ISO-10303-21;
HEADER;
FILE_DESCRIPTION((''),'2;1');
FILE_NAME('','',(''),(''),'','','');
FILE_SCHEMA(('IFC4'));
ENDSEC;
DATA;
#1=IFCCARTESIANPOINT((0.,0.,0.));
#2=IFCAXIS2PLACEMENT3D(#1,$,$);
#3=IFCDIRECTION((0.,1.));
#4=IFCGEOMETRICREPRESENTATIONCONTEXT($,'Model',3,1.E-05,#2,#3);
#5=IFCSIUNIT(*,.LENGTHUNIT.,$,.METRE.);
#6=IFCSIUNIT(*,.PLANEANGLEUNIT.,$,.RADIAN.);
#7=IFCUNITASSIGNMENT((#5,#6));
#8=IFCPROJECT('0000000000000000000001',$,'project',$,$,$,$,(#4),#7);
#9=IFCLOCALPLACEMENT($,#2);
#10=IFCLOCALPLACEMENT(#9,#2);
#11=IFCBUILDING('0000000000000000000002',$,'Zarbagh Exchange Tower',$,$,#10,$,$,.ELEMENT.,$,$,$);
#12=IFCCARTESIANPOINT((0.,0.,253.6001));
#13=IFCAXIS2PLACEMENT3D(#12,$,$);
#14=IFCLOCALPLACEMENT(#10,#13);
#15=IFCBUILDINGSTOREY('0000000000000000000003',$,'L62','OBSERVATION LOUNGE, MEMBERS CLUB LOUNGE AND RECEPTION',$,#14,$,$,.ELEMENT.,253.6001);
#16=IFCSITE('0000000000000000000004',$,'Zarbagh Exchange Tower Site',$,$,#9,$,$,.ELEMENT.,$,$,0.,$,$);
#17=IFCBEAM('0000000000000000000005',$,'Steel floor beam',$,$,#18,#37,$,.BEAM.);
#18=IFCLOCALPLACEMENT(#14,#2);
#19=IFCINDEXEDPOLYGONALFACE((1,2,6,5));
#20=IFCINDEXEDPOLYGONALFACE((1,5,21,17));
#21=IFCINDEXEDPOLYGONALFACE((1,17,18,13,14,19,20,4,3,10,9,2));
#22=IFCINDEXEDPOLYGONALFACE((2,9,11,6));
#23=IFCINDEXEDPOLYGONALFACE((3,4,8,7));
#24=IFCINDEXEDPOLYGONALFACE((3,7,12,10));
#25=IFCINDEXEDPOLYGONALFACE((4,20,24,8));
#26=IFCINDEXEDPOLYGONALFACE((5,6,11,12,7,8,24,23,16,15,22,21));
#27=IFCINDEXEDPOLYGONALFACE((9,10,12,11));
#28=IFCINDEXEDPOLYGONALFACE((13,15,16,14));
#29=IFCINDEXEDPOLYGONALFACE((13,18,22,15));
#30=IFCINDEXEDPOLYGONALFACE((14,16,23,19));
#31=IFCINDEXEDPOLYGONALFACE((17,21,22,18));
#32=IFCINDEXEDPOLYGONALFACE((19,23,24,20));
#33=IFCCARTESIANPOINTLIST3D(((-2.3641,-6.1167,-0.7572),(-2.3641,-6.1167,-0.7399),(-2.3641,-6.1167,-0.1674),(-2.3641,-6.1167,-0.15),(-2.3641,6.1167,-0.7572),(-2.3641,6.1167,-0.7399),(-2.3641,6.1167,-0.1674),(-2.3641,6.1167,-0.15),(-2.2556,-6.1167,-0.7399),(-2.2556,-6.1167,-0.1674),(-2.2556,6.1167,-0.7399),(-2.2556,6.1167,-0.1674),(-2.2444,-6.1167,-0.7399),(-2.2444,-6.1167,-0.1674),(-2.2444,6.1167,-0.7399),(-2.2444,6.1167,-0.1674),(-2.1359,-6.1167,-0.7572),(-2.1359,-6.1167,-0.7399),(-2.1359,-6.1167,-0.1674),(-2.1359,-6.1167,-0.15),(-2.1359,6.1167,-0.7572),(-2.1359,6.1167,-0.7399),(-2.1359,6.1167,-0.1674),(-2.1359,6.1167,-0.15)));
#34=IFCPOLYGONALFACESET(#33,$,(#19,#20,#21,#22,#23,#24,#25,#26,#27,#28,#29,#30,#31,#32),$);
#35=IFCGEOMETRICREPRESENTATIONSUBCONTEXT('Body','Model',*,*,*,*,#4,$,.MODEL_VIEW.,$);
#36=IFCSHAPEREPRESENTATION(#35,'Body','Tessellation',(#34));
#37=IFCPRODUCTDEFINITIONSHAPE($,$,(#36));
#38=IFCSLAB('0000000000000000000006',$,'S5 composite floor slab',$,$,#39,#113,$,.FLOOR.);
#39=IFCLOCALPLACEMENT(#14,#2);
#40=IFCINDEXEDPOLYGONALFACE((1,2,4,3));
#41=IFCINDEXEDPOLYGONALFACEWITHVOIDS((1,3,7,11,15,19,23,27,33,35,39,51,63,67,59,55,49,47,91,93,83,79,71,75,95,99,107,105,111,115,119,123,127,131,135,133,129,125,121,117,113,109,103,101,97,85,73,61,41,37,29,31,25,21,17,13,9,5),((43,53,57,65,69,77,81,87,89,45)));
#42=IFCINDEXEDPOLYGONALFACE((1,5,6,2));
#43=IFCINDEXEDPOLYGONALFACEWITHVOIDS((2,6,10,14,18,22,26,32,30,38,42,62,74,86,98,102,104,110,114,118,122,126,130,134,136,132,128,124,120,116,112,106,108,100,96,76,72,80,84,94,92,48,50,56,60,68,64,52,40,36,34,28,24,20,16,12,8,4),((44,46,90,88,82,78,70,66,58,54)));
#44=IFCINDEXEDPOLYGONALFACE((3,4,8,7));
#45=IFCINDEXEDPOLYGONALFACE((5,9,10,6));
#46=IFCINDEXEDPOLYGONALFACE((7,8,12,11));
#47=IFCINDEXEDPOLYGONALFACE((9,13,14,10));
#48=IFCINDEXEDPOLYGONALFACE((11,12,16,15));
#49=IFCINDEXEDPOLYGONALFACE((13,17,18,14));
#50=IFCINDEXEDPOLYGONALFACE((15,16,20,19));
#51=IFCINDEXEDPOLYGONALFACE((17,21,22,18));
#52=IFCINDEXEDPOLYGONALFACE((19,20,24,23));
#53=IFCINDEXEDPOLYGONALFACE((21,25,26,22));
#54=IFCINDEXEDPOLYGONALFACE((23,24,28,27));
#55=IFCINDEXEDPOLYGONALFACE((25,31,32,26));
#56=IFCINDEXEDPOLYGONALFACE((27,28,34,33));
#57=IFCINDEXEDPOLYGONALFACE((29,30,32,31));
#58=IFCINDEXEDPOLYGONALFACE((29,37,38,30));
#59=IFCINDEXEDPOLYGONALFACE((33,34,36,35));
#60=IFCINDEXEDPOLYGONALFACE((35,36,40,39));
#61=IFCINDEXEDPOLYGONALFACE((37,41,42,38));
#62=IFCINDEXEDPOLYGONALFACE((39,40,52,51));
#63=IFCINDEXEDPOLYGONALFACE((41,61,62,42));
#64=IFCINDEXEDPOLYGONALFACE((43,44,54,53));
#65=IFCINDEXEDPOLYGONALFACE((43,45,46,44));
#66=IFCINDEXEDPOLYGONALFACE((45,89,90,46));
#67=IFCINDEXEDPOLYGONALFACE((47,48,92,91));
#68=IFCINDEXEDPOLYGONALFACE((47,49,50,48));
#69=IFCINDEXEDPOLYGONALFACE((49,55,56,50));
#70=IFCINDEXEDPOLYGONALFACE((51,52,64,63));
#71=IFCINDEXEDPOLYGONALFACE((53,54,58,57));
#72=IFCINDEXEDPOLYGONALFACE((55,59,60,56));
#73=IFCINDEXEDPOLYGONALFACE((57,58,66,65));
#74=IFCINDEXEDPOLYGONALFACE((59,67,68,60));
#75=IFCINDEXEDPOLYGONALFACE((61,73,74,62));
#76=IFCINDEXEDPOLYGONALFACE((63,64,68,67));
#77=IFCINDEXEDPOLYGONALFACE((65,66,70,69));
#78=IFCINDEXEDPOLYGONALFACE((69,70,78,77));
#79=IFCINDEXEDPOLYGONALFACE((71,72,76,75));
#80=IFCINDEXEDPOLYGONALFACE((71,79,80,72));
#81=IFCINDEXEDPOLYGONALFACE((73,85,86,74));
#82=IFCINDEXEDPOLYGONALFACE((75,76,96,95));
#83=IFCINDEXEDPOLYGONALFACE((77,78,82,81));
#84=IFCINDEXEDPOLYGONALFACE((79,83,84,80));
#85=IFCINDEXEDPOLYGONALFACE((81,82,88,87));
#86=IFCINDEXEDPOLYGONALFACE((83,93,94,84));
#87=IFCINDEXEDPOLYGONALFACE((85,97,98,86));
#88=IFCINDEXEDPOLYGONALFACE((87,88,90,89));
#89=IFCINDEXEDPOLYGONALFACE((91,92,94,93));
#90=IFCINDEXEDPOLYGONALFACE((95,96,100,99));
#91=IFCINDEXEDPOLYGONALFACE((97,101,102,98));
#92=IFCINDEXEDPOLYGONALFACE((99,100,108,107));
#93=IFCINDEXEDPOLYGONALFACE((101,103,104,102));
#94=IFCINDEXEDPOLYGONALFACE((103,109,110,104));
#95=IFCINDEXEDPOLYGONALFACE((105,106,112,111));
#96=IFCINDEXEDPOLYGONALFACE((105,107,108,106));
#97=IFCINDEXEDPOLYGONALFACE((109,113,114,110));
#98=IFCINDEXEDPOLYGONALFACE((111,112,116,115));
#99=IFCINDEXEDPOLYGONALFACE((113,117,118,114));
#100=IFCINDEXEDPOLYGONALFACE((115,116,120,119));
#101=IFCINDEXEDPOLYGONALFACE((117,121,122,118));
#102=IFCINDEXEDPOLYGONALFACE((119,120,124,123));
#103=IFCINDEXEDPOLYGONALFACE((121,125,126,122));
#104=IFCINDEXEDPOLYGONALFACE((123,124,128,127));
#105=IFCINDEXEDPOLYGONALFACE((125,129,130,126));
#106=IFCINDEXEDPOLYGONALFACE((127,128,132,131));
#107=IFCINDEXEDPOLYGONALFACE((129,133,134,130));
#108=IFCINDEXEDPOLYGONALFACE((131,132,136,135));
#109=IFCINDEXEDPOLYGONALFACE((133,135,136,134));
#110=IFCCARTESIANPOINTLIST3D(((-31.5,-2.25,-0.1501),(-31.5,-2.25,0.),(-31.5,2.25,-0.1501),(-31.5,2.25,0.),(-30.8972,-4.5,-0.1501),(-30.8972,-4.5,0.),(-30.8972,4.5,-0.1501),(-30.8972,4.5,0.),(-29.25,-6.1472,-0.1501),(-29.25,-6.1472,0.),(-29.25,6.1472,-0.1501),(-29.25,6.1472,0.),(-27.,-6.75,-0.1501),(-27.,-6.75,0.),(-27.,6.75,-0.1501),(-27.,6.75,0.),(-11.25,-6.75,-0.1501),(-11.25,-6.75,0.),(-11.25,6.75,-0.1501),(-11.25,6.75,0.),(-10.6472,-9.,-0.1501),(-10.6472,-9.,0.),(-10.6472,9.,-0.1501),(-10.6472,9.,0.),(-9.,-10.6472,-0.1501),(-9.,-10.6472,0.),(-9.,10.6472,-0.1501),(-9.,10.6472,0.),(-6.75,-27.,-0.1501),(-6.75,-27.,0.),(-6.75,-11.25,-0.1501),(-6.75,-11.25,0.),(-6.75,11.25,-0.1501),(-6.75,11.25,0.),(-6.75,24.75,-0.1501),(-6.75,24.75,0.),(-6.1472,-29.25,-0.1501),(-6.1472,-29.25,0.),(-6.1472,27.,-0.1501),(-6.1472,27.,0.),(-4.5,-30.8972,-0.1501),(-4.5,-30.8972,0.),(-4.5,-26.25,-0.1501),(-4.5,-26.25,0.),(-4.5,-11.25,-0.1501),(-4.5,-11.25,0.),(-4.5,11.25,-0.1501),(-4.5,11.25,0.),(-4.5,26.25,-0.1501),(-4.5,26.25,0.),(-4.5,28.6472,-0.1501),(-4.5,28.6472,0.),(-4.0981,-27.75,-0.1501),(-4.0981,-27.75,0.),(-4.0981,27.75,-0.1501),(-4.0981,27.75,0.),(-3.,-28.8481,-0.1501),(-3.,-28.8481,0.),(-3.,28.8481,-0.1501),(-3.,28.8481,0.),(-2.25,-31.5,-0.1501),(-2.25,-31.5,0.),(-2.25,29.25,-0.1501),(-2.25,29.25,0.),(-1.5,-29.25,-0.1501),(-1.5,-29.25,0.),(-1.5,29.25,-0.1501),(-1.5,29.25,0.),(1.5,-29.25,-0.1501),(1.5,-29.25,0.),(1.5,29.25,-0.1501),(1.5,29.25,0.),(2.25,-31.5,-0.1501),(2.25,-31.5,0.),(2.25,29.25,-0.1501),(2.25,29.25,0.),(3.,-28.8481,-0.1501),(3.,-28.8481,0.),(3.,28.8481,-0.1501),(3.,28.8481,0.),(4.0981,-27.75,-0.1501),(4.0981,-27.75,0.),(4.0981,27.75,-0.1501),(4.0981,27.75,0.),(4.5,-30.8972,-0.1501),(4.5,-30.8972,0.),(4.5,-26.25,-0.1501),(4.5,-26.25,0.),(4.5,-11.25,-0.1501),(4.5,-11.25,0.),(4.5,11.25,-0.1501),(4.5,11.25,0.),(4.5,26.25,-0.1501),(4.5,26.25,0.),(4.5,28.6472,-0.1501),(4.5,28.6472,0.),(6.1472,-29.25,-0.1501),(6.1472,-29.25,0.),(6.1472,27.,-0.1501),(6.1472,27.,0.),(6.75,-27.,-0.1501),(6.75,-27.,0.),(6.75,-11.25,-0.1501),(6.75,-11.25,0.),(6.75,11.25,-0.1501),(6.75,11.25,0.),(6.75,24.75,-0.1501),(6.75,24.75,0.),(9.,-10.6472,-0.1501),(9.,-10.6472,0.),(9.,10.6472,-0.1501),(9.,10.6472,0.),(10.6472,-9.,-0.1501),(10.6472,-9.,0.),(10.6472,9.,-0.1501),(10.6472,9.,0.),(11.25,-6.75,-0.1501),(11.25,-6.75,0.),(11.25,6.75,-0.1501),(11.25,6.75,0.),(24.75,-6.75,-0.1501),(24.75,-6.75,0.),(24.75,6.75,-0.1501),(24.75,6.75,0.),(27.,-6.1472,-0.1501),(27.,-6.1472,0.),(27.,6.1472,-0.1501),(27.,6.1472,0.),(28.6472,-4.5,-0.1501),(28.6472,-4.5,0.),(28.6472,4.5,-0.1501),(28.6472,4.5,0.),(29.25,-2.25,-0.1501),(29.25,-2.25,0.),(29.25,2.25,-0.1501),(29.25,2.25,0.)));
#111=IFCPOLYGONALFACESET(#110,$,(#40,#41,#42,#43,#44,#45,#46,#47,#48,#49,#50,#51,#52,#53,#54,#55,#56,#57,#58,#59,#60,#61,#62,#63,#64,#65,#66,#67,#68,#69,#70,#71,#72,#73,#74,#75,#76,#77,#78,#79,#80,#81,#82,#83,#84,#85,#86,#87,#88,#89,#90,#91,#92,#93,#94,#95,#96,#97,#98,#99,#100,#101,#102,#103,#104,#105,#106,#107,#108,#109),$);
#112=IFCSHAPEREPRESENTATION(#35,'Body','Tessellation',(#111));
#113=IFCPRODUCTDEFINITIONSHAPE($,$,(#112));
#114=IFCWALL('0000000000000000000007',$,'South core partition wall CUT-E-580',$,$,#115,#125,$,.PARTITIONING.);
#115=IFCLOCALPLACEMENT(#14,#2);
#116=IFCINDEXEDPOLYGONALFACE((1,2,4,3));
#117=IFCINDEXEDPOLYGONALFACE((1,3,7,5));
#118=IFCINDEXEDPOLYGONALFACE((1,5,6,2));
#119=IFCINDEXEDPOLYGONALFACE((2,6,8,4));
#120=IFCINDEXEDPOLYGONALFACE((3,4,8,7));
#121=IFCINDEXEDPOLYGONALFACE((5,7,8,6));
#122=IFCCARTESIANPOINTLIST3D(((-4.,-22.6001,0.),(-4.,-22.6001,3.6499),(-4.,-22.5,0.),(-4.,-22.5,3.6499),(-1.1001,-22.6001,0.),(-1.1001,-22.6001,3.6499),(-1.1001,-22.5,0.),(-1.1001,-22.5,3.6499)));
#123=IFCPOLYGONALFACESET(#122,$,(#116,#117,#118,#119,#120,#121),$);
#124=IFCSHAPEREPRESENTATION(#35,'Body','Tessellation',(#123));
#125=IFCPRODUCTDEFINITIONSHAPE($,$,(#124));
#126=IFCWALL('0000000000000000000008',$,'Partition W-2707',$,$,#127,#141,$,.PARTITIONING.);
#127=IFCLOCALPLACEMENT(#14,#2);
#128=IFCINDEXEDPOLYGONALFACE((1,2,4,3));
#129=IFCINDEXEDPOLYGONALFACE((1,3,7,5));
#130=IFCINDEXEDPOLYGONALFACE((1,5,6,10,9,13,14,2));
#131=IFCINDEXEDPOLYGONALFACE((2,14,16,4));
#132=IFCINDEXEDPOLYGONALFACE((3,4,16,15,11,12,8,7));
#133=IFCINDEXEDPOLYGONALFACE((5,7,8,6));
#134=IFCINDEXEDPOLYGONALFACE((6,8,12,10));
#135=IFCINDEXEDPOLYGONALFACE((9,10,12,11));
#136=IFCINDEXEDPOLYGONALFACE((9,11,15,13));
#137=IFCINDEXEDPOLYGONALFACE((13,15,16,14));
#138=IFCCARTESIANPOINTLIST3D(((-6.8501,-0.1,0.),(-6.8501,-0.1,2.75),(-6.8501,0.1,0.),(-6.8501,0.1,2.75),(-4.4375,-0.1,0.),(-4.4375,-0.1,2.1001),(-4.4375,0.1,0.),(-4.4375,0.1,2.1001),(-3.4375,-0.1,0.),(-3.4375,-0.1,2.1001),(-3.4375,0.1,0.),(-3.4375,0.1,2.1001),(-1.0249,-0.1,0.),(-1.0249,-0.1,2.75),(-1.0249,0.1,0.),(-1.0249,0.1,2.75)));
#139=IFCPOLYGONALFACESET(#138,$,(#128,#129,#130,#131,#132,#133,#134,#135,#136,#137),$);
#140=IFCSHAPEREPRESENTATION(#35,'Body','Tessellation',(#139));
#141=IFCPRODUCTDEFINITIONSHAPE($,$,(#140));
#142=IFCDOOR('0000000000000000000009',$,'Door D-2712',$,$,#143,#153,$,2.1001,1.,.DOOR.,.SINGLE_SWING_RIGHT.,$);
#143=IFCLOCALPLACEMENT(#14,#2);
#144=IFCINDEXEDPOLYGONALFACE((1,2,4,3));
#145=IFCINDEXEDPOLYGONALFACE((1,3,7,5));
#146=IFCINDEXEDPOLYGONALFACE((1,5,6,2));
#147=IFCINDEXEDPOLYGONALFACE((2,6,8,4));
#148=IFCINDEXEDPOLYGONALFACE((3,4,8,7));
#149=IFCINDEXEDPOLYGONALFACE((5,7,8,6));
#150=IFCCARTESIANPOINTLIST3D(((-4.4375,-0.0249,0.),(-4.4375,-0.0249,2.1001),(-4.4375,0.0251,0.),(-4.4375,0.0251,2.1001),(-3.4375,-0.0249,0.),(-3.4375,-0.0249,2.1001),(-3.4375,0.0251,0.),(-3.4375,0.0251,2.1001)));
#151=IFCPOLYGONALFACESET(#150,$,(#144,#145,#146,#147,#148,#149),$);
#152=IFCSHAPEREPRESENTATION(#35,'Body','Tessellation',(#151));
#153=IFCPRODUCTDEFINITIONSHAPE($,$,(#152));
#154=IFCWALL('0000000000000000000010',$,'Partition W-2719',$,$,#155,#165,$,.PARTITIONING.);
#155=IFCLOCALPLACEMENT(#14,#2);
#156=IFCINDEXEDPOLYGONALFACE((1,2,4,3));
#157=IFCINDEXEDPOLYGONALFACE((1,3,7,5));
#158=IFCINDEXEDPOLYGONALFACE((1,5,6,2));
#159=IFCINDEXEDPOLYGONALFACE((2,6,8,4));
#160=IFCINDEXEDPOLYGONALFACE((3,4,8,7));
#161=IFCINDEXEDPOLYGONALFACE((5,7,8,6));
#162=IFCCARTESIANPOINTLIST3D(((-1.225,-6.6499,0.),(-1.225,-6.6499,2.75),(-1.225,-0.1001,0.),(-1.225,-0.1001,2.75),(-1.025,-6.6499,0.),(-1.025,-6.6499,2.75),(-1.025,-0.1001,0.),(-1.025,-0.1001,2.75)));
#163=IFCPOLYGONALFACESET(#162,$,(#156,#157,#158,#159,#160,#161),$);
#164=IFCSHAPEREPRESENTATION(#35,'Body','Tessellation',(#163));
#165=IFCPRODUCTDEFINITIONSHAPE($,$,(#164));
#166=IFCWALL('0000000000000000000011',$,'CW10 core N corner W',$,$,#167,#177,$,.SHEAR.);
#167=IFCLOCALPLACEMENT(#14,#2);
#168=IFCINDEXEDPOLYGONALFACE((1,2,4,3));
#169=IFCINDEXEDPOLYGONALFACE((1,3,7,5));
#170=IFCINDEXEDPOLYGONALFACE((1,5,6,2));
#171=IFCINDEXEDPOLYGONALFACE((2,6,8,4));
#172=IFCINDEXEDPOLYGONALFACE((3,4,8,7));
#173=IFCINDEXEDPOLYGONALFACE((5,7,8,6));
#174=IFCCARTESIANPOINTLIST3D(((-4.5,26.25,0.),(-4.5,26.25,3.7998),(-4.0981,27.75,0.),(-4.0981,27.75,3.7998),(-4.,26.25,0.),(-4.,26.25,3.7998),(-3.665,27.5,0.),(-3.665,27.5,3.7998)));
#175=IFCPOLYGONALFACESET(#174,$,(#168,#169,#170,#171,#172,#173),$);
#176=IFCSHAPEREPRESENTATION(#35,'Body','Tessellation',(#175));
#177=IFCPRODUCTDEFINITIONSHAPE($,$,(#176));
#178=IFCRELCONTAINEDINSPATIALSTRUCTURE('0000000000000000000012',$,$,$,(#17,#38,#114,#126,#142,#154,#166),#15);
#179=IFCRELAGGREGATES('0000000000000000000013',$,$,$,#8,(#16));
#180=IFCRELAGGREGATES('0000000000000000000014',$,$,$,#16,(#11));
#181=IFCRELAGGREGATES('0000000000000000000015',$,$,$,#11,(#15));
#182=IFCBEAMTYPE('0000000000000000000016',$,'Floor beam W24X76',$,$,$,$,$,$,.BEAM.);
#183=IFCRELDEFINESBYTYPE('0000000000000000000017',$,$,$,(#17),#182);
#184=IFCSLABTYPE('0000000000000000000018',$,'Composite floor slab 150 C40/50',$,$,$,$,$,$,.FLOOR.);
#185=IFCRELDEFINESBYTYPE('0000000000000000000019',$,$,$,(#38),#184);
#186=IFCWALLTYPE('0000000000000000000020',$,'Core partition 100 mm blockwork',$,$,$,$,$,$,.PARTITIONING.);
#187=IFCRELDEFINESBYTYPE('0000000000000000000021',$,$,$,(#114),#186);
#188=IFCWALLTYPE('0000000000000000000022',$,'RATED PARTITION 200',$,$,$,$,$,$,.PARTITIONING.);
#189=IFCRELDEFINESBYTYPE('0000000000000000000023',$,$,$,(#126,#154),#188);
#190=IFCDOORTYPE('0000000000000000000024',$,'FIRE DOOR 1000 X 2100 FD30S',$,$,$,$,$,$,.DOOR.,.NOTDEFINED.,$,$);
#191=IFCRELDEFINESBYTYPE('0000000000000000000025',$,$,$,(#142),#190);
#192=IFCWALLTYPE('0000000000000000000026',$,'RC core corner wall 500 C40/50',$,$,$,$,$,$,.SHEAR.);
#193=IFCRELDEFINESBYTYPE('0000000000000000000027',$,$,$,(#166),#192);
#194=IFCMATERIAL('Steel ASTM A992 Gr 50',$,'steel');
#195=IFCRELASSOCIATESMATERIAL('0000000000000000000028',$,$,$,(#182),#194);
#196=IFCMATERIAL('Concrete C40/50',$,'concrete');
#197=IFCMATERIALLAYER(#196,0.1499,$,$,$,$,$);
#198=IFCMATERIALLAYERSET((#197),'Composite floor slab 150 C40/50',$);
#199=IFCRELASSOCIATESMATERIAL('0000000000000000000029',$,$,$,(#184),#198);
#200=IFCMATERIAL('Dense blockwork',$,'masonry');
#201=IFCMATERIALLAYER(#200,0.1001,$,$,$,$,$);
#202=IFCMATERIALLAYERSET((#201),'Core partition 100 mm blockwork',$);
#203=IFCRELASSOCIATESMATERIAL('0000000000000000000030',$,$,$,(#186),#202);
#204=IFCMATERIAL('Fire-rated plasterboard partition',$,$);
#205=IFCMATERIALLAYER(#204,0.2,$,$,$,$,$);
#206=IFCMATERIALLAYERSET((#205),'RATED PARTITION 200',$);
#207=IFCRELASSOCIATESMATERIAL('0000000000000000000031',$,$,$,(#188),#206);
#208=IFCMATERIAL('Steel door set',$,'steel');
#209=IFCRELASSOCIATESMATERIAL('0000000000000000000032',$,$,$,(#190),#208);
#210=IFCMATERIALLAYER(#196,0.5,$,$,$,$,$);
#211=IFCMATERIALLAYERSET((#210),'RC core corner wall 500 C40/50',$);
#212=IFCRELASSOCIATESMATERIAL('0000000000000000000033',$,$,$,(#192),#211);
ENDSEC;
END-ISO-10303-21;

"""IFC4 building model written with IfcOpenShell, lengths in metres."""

from ifc_helpers import new_model, si_unit, direction, frame, frame_2d, origin, origin_2d, place, context, subcontext, project, spatial, polyline, rectangle, i_section, outline, extrude, material, layer, layer_set, material_profile, profile_set, type_object, element, fill, save


model = new_model("IFC4")

# Units and contexts
model_context = context("Model", 3, precision=1e-05, world=origin(), true_north=direction((0.0, 1.0)))
body_context = subcontext(model_context, "Body", "Model", "MODEL_VIEW")
ifc_project = project(units=[si_unit("LENGTHUNIT", "METRE"), si_unit("PLANEANGLEUNIT", "RADIAN")], contexts=[model_context])

# Site, building, storey
site_placement = place(None, origin())
site = spatial("IfcSite", under=ifc_project, at=site_placement, Name="Zarbagh Exchange Tower Site", CompositionType="ELEMENT", RefElevation=0.0)
building_placement = place(site_placement, origin())
building = spatial("IfcBuilding", under=site, at=building_placement, Name="Zarbagh Exchange Tower", CompositionType="ELEMENT")
storey_placement = place(building_placement, frame((0.0, 0.0, 253.6001)))
storey = spatial("IfcBuildingStorey", under=building, at=storey_placement, Name="L62", Description="OBSERVATION LOUNGE, MEMBERS CLUB LOUNGE AND RECEPTION", CompositionType="ELEMENT", Elevation=253.6001)

# Beam
ifc_material_1 = material(Name="Steel ASTM A992 Gr 50", Category="steel")
ifc_material_profile = material_profile(ifc_material_1, i_section(OverallWidth=0.2283, OverallDepth=0.6072, WebThickness=0.0112, FlangeThickness=0.0173, at=origin_2d()), Name="W24X76")
ifc_profile_set = profile_set([ifc_material_profile], Name="Steel ASTM A992 Gr 50")
beam_type = type_object("IfcBeamType", Name="Floor beam W24X76", PredefinedType="BEAM", material=ifc_profile_set)
beam_placement = place(storey_placement, frame((-2.25, -6.1167, -0.4536), z_axis=(0.0, 1.0, 0.0), x_axis=(-1.0, 0.0, 0.0)))
element("IfcBeam", 1, at=beam_placement, inside=storey, type_object=beam_type, Name="Steel floor beam", PredefinedType="BEAM", context=body_context, shape_type="SweptSolid", body=[
    extrude(i_section(OverallWidth=0.2283, OverallDepth=0.6072, WebThickness=0.0112, FlangeThickness=0.0173, at=origin_2d()), origin(), (0.0, 0.0, 1.0), 12.2334),
])

# Slab
ifc_material_2 = material(Name="Concrete C40/50", Category="concrete")
ifc_layer_1 = layer(ifc_material_2, 0.1499)
ifc_layer_set_1 = layer_set([ifc_layer_1], Name="Composite floor slab 150 C40/50")
slab_type = type_object("IfcSlabType", Name="Composite floor slab 150 C40/50", PredefinedType="FLOOR", material=ifc_layer_set_1)
slab_placement = place(storey_placement, frame((0.0, 0.0, -0.1501)))
element("IfcSlab", 2, at=slab_placement, inside=storey, type_object=slab_type, Name="S5 composite floor slab", PredefinedType="FLOOR", context=body_context, shape_type="SweptSolid", body=[
    extrude(outline(polyline([(-2.25, -31.5), (-4.5, -30.8972), (-6.1472, -29.25), (-6.75, -27.0), (-6.75, -11.25), (-9.0, -10.6472), (-10.6472, -9.0), (-11.25, -6.75), (-27.0, -6.75), (-29.25, -6.1472), (-30.8972, -4.5), (-31.5, -2.25), (-31.5, 2.25), (-30.8972, 4.5), (-29.25, 6.1472), (-27.0, 6.75), (-11.25, 6.75), (-10.6472, 9.0), (-9.0, 10.6472), (-6.75, 11.25), (-6.75, 24.75), (-6.1472, 27.0), (-4.5, 28.6472), (-2.25, 29.25), (-1.5, 29.25), (-3.0, 28.8481), (-4.0981, 27.75), (-4.5, 26.25), (-4.5, 11.25), (4.5, 11.25), (4.5, 26.25), (4.0981, 27.75), (3.0, 28.8481), (1.5, 29.25), (2.25, 29.25), (4.5, 28.6472), (6.1472, 27.0), (6.75, 24.75), (6.75, 11.25), (9.0, 10.6472), (10.6472, 9.0), (11.25, 6.75), (24.75, 6.75), (27.0, 6.1472), (28.6472, 4.5), (29.25, 2.25), (29.25, -2.25), (28.6472, -4.5), (27.0, -6.1472), (24.75, -6.75), (11.25, -6.75), (10.6472, -9.0), (9.0, -10.6472), (6.75, -11.25), (6.75, -27.0), (6.1472, -29.25), (4.5, -30.8972), (2.25, -31.5), (-2.25, -31.5)]), holes=[polyline([(-1.5, -29.25), (1.5, -29.25), (3.0, -28.8481), (4.0981, -27.75), (4.5, -26.25), (4.5, -11.25), (-4.5, -11.25), (-4.5, -26.25), (-4.0981, -27.75), (-3.0, -28.8481), (-1.5, -29.25)])]), origin(), (0.0, 0.0, 1.0), 0.1501),
])

# Wall
ifc_material_3 = material(Name="Dense blockwork", Category="masonry")
ifc_layer_2 = layer(ifc_material_3, 0.1001)
ifc_layer_set_2 = layer_set([ifc_layer_2], Name="Core partition 100 mm blockwork")
wall_type_1 = type_object("IfcWallType", Name="Core partition 100 mm blockwork", PredefinedType="PARTITIONING", material=ifc_layer_set_2)
wall_1_placement = place(storey_placement, frame((-1.1001, -22.55, 0.0), z_axis=(0.0, 0.0, 1.0), x_axis=(-1.0, 0.0, 0.0)))
element("IfcWall", 3, at=wall_1_placement, inside=storey, type_object=wall_type_1, Name="South core partition wall CUT-E-580", PredefinedType="PARTITIONING", context=body_context, shape_type="SweptSolid", body=[
    extrude(rectangle(XDim=2.8999, YDim=0.1001, at=frame_2d((1.45, 0.0))), origin(), (0.0, 0.0, 1.0), 3.6499),
])

# Wall, opening, door
ifc_material_4 = material(Name="Fire-rated plasterboard partition")
ifc_layer_3 = layer(ifc_material_4, 0.2)
ifc_layer_set_3 = layer_set([ifc_layer_3], Name="RATED PARTITION 200")
wall_type_2 = type_object("IfcWallType", Name="RATED PARTITION 200", PredefinedType="PARTITIONING", material=ifc_layer_set_3)
wall_2_placement = place(storey_placement, frame((-1.0249, 0.0, 0.0), z_axis=(0.0, 0.0, 1.0), x_axis=(-1.0, 0.0, 0.0)))
wall_2 = element("IfcWall", 4, at=wall_2_placement, inside=storey, type_object=wall_type_2, Name="Partition W-2707", PredefinedType="PARTITIONING", context=body_context, shape_type="SweptSolid", body=[
    extrude(rectangle(XDim=5.8252, YDim=0.2, at=frame_2d((2.9126, 0.0))), origin(), (0.0, 0.0, 1.0), 2.75),
])
opening_1_placement = place(wall_2_placement, frame((2.4126, 0.0, 0.0)))
opening_1 = element("IfcOpeningElement", 5, at=opening_1_placement, cuts=wall_2, PredefinedType="OPENING", context=body_context, shape_type="SweptSolid", body=[
    extrude(rectangle(XDim=1.0, YDim=2.1001, at=frame_2d((0.5, 1.05))), frame((0.0, 0.1099, 0.0), z_axis=(0.0, -1.0, 0.0), x_axis=(1.0, 0.0, 0.0)), (0.0, 0.0, 1.0), 0.22),
])
ifc_material_5 = material(Name="Steel door set", Category="steel")
door_type_1 = type_object("IfcDoorType", Name="FIRE DOOR 1000 X 2100 FD30S", OperationType="NOTDEFINED", PredefinedType="DOOR", material=ifc_material_5)
door_1_placement = place(opening_1_placement, origin())
door_1 = element("IfcDoor", 6, at=door_1_placement, inside=storey, type_object=door_type_1, Name="Door D-2712", OperationType="SINGLE_SWING_RIGHT", OverallHeight=2.1001, OverallWidth=1.0, PredefinedType="DOOR", context=body_context, shape_type="SweptSolid", body=[
    extrude(rectangle(XDim=1.0, YDim=2.1001, at=frame_2d((0.5, 1.05))), frame((0.0, 0.0249, 0.0), z_axis=(0.0, -1.0, 0.0), x_axis=(1.0, 0.0, 0.0)), (0.0, 0.0, 1.0), 0.05),
])
fill(opening_1, door_1)

# Walls
wall_3_placement = place(storey_placement, frame((-1.125, -6.6499, 0.0), z_axis=(0.0, 0.0, 1.0), x_axis=(0.0, 1.0, 0.0)))
element("IfcWall", 7, at=wall_3_placement, inside=storey, type_object=wall_type_2, Name="Partition W-2719", PredefinedType="PARTITIONING", context=body_context, shape_type="SweptSolid", body=[
    extrude(rectangle(XDim=6.5498, YDim=0.2, at=frame_2d((3.2749, 0.0))), origin(), (0.0, 0.0, 1.0), 2.75),
])
ifc_layer_4 = layer(ifc_material_2, 0.5)
ifc_layer_set_4 = layer_set([ifc_layer_4], Name="RC core corner wall 500 C40/50")
wall_type_3 = type_object("IfcWallType", Name="RC core corner wall 500 C40/50", PredefinedType="SHEAR", material=ifc_layer_set_4)
wall_4_placement = place(storey_placement, origin())
element("IfcWall", 8, at=wall_4_placement, inside=storey, type_object=wall_type_3, Name="CW10 core N corner W", PredefinedType="SHEAR", context=body_context, shape_type="SweptSolid", body=[
    extrude(outline(polyline([(-4.5, 26.25), (-4.0981, 27.75), (-3.665, 27.5), (-4.0, 26.25), (-4.5, 26.25)])), origin(), (0.0, 0.0, 1.0), 3.7998),
])

save(model, "model.ifc")
